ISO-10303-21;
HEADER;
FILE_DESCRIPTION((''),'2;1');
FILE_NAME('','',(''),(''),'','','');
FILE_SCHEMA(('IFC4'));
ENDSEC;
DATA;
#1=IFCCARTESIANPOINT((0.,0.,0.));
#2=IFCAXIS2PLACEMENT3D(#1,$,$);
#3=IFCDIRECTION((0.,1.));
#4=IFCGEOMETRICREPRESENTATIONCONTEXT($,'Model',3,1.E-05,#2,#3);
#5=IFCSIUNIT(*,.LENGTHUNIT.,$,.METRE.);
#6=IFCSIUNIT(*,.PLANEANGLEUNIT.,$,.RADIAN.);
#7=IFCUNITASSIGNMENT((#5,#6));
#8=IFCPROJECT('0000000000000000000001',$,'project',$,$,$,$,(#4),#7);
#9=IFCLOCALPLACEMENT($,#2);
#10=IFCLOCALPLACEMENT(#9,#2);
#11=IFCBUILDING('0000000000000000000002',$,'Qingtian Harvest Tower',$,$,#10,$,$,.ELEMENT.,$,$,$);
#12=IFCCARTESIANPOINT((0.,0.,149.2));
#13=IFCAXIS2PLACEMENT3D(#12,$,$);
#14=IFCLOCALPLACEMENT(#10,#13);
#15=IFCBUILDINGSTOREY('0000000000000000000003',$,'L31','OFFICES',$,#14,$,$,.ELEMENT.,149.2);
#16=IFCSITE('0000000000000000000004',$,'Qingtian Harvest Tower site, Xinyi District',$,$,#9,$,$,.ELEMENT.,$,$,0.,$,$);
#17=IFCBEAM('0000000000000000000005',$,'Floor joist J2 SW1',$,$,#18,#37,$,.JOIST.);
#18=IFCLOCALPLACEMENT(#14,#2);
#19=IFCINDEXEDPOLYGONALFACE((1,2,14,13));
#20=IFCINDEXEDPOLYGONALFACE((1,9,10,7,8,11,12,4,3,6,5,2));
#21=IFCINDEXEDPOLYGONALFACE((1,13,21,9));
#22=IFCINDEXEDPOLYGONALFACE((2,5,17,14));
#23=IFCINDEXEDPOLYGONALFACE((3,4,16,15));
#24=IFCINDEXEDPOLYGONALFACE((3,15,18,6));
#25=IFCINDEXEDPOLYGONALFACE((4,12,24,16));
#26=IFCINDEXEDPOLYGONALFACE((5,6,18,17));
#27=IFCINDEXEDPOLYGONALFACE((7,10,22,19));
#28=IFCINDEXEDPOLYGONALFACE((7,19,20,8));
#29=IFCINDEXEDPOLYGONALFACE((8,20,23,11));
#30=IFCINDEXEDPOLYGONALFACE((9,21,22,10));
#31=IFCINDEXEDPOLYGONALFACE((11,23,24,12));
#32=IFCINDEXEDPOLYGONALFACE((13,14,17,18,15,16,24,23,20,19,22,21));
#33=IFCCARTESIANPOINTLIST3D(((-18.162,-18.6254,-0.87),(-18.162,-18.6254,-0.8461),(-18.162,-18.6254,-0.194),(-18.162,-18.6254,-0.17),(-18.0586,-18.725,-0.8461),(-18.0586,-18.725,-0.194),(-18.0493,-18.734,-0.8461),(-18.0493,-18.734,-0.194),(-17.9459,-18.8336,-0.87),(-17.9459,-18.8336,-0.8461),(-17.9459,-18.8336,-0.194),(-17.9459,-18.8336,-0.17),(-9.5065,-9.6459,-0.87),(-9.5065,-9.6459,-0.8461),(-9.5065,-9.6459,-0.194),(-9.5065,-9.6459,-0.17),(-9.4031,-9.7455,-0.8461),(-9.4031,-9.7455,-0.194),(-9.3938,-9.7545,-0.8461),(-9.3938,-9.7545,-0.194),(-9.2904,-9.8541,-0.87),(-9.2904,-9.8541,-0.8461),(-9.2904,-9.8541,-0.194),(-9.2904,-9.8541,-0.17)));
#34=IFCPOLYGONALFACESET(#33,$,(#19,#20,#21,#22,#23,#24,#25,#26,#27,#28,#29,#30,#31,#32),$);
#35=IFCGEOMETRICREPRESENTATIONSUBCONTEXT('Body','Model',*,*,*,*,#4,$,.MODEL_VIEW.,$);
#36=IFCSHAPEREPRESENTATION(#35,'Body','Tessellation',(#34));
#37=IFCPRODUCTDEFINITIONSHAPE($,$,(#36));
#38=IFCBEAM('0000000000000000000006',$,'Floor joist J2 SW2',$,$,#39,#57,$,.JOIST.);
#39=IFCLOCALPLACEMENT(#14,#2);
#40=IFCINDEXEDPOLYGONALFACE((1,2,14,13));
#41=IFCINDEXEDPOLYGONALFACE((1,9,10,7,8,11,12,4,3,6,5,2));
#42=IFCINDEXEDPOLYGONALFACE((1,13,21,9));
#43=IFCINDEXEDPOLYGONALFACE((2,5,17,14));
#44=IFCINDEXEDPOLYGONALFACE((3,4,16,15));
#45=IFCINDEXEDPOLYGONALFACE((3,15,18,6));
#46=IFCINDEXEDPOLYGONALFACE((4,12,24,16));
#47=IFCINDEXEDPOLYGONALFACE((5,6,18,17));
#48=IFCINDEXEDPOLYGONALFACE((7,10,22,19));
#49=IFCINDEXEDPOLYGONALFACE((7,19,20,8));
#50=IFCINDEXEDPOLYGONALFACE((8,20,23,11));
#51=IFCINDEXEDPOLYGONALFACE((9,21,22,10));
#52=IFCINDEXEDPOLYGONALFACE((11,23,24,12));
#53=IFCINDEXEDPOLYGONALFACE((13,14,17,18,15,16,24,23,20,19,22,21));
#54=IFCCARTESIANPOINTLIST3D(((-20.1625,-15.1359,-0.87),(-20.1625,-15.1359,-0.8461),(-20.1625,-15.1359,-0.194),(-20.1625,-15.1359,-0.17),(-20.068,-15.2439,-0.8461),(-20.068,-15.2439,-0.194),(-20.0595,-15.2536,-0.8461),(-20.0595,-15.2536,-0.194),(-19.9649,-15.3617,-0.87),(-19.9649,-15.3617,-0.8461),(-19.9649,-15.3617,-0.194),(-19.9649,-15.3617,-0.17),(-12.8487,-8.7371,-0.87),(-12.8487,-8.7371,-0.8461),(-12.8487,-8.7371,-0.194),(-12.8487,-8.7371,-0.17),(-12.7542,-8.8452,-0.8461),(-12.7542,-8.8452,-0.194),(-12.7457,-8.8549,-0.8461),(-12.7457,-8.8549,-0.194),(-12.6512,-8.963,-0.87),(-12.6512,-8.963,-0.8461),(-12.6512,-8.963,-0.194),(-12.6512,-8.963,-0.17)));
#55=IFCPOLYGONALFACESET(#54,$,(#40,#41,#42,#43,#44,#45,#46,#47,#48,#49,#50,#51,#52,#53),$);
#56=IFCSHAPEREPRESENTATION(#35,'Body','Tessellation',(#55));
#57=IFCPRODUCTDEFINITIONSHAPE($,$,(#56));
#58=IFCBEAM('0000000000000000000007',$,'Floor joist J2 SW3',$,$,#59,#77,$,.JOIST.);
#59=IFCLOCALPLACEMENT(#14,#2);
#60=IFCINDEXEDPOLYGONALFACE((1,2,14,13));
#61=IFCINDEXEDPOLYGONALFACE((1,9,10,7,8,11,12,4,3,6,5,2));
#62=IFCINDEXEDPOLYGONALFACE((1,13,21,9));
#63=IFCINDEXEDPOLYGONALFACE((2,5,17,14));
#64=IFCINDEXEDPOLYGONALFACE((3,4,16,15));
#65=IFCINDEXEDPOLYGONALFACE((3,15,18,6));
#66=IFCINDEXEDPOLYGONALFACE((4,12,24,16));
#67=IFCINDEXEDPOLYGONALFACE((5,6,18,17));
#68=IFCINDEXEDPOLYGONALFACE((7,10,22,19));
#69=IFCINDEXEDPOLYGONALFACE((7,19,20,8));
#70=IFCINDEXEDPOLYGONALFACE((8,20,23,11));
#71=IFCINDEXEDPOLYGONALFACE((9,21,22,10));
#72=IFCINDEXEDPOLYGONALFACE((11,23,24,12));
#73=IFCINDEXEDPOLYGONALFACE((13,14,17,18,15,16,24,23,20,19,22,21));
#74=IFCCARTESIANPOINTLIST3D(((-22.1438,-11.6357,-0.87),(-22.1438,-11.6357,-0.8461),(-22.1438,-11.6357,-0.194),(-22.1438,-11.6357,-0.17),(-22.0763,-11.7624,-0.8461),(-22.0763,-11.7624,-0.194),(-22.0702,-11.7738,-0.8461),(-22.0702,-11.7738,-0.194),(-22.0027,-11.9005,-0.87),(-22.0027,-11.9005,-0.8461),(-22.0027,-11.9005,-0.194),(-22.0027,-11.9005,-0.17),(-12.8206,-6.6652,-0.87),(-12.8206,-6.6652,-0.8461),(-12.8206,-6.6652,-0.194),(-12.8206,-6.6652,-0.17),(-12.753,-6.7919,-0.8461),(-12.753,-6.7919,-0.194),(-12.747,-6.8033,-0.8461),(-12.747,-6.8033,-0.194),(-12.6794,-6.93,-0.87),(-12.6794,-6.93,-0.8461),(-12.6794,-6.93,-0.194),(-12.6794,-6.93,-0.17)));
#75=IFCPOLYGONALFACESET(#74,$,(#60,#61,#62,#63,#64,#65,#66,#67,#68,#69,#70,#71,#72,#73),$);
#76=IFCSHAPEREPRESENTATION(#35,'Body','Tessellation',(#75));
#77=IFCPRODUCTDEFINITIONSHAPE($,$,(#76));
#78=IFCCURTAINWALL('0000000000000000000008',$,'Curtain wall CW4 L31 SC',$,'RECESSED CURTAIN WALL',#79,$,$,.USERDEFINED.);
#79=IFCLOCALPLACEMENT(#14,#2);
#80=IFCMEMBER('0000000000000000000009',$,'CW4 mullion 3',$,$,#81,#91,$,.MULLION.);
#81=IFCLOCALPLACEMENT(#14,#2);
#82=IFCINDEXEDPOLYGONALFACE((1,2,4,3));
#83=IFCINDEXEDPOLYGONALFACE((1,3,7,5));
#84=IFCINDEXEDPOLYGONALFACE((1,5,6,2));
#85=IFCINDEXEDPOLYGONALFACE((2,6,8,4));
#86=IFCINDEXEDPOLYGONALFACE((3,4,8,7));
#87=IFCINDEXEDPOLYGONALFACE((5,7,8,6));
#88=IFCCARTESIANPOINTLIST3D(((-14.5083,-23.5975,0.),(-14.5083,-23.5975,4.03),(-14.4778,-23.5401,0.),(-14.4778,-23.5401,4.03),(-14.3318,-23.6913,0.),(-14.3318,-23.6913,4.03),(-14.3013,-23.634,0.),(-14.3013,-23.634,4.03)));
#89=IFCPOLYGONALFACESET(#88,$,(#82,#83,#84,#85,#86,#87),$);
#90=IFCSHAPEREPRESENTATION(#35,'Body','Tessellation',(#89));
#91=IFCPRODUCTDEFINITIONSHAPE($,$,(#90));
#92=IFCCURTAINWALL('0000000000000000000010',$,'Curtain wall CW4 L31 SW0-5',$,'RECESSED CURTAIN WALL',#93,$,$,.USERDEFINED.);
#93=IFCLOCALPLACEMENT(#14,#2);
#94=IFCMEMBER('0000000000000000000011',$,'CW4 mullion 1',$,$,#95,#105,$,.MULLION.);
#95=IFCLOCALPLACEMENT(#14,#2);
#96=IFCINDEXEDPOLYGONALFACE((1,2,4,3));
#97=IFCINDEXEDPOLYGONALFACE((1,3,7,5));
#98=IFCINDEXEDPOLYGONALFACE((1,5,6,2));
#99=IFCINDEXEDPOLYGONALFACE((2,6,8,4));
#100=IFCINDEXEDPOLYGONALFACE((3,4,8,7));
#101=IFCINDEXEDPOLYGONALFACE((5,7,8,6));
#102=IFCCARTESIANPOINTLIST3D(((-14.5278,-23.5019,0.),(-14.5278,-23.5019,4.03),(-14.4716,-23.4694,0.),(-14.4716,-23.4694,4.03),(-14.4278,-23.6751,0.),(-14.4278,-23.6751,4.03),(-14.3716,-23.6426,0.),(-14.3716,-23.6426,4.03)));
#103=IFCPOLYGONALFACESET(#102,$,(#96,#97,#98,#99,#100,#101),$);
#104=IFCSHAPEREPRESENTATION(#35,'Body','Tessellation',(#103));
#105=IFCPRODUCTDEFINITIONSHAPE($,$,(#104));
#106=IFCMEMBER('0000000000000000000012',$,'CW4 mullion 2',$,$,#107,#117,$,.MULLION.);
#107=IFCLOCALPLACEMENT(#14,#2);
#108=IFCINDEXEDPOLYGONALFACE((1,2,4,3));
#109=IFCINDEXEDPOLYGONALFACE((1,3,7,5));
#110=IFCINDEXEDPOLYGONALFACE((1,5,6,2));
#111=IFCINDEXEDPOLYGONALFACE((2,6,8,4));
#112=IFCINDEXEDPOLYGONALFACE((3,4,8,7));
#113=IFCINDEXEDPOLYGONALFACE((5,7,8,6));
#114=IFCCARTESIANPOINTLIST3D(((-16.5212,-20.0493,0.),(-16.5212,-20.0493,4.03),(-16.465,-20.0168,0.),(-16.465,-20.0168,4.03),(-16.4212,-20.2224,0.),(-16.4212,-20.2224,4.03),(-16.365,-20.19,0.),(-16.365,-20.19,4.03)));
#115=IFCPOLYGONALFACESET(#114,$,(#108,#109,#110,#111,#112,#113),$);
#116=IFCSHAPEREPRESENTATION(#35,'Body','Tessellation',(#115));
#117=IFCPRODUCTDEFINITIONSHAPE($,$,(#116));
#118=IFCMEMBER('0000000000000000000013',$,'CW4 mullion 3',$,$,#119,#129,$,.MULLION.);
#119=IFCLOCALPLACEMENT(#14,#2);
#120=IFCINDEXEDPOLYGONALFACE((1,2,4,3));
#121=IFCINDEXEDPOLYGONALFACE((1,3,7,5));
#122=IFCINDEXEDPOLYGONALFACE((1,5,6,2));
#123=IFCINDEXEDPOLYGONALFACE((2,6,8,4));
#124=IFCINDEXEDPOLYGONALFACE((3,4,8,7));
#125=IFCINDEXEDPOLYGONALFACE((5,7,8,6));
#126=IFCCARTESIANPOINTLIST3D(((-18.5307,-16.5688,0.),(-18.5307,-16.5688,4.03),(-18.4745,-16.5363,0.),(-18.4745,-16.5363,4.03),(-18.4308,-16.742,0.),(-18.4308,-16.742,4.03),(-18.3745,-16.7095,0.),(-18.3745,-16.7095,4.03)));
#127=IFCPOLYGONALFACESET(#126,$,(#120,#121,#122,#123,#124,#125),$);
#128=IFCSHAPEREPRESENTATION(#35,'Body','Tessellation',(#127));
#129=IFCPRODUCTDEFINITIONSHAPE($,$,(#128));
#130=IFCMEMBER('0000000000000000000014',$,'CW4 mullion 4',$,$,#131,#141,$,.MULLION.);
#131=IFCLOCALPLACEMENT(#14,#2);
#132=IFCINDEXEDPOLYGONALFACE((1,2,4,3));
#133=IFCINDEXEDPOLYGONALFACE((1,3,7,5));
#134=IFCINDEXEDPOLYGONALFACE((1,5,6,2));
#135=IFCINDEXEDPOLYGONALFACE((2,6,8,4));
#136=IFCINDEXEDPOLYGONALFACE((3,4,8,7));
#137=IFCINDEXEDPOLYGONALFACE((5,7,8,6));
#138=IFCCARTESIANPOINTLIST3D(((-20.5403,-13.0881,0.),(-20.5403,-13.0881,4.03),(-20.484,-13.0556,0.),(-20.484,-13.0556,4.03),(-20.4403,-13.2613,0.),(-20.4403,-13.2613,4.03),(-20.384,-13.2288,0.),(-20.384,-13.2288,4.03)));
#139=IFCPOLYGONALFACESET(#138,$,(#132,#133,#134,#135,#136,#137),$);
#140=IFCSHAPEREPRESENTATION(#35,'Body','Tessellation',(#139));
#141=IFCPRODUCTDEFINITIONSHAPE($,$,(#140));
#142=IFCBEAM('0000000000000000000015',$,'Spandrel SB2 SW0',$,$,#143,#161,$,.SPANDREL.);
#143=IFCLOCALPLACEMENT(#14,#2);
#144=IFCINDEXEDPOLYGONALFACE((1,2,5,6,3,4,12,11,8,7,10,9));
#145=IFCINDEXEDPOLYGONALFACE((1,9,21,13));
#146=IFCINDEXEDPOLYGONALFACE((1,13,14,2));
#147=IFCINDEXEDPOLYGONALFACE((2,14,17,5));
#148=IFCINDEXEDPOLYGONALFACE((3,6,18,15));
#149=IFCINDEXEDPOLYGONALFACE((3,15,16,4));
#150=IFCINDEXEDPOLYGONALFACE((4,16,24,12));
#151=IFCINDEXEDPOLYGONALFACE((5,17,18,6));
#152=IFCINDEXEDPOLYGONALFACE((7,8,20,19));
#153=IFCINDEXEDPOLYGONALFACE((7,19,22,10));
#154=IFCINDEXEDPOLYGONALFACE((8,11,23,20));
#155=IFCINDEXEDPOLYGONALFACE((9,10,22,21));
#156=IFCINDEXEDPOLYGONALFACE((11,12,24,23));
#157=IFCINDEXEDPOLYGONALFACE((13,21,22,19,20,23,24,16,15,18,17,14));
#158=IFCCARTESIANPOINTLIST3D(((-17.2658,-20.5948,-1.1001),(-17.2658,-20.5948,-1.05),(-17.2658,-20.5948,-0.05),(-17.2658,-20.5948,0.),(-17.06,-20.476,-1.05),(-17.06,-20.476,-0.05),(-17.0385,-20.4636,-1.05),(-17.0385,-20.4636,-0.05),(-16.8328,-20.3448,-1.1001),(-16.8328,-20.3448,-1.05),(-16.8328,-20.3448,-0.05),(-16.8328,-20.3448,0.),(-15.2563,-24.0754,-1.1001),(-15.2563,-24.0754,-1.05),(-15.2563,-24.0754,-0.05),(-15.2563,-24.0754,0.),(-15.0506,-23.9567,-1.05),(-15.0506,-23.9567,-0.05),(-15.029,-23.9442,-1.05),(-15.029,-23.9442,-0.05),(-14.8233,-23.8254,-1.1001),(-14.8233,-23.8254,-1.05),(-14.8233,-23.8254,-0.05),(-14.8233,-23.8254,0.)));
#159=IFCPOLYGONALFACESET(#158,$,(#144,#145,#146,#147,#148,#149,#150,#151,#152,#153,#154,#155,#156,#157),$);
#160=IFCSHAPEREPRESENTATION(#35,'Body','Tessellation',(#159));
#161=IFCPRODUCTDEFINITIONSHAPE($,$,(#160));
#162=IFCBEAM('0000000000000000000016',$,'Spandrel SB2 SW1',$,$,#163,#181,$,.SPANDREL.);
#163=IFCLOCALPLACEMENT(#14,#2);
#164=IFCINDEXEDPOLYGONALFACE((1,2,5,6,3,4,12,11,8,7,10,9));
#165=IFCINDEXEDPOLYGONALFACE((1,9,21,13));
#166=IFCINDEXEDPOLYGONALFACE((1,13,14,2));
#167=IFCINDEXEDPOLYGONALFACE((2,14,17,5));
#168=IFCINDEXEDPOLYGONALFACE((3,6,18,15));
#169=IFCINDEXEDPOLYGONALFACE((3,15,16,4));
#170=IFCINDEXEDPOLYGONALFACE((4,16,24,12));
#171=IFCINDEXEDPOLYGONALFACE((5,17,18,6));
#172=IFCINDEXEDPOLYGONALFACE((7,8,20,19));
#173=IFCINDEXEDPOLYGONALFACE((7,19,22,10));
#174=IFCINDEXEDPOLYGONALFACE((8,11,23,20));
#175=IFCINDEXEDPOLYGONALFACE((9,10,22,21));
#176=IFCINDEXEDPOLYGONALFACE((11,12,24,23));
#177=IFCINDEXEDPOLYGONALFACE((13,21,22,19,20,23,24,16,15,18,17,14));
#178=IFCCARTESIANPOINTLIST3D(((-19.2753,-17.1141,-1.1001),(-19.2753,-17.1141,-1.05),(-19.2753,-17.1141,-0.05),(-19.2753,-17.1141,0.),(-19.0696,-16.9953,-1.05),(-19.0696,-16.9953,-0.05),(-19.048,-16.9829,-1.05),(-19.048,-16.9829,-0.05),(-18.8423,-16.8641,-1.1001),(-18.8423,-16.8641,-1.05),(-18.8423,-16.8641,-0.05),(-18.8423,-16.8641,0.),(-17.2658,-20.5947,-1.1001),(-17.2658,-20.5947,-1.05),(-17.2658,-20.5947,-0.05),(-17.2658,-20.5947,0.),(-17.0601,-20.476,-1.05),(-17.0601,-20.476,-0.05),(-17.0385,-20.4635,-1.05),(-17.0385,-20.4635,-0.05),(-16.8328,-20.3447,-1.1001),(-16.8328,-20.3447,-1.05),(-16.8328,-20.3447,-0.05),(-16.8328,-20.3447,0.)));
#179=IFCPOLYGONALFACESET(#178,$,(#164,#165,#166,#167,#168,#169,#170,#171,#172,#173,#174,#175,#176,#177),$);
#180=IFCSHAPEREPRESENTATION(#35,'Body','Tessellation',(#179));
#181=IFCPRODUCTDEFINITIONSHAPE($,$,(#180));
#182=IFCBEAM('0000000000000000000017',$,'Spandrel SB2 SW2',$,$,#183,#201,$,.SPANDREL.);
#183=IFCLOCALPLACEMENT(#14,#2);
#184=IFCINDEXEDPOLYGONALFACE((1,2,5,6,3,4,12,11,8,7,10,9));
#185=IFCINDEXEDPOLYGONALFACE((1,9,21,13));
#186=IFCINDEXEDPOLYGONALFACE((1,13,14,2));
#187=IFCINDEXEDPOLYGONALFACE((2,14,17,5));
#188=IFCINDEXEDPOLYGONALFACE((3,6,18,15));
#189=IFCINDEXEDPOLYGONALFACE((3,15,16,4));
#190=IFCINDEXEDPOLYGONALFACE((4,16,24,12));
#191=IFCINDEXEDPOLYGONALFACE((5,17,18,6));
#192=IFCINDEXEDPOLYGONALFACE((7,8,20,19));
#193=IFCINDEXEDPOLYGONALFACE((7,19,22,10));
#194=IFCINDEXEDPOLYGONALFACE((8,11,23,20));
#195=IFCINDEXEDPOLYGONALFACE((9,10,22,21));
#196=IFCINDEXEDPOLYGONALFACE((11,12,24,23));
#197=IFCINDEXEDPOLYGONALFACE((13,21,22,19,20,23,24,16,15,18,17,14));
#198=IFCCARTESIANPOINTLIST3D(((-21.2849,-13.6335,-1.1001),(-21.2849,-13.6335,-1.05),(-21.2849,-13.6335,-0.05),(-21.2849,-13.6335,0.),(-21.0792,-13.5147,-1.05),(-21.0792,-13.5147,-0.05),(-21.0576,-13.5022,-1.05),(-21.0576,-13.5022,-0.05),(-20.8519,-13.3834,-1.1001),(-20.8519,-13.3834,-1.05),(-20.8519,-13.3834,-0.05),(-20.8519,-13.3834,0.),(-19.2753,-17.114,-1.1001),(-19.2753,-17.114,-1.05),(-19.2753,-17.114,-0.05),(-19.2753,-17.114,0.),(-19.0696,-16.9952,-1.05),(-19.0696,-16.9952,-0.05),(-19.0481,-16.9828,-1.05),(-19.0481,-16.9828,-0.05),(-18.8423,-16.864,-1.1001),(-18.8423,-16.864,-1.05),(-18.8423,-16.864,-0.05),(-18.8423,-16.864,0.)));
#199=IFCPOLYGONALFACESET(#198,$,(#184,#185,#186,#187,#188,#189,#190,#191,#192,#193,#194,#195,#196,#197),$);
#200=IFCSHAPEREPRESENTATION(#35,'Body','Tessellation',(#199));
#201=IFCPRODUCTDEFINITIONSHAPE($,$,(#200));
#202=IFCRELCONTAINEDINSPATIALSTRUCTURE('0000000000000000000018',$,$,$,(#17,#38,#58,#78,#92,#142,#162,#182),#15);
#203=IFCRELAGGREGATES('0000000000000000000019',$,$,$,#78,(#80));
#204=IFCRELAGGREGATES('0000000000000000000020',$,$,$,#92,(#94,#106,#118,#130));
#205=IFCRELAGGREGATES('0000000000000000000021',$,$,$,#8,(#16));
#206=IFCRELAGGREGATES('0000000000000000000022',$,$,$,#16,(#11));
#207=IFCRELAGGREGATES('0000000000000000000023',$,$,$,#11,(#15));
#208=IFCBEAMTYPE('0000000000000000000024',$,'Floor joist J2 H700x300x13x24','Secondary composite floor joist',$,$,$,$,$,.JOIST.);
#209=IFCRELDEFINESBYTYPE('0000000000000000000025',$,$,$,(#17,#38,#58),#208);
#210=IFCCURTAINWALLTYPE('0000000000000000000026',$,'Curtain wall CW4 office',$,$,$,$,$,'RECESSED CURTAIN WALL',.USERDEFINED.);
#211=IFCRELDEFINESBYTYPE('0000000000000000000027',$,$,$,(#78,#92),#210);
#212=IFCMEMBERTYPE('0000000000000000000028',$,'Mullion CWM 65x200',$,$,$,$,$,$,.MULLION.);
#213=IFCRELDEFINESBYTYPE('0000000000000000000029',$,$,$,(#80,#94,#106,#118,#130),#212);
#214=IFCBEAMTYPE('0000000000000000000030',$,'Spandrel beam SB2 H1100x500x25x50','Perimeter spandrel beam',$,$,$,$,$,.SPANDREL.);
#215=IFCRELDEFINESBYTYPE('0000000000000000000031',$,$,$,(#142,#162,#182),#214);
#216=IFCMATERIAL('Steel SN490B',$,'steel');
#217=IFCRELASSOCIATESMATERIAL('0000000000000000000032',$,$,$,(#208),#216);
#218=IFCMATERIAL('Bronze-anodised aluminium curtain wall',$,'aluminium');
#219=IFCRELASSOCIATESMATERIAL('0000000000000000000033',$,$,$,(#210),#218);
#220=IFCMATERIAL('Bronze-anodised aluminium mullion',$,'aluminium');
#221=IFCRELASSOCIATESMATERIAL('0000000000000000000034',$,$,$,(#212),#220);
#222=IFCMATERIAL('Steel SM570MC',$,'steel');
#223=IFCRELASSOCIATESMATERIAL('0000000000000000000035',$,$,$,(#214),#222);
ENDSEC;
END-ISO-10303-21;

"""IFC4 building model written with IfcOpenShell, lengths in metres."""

from ifc_helpers import new_model, si_unit, direction, frame, origin, origin_2d, place, context, subcontext, project, spatial, rectangle, i_section, extrude, material, material_profile, profile_set, type_object, element, aggregate, save


model = new_model("IFC4")

# Units and contexts
model_context = context("Model", 3, precision=1e-05, world=origin(), true_north=direction((0.0, 1.0)))
body_context = subcontext(model_context, "Body", "Model", "MODEL_VIEW")
ifc_project = project(units=[si_unit("LENGTHUNIT", "METRE"), si_unit("PLANEANGLEUNIT", "RADIAN")], contexts=[model_context])

# Site, building, storey
site_placement = place(None, origin())
site = spatial("IfcSite", under=ifc_project, at=site_placement, Name="Qingtian Harvest Tower site, Xinyi District", CompositionType="ELEMENT", RefElevation=0.0)
building_placement = place(site_placement, origin())
building = spatial("IfcBuilding", under=site, at=building_placement, Name="Qingtian Harvest Tower", CompositionType="ELEMENT")
storey_placement = place(building_placement, frame((0.0, 0.0, 149.2)))
storey = spatial("IfcBuildingStorey", under=building, at=storey_placement, Name="L31", Description="OFFICES", CompositionType="ELEMENT", Elevation=149.2)

# Beams
ifc_material_1 = material(Name="Steel SN490B", Category="steel")
ifc_material_profile_1 = material_profile(ifc_material_1, i_section(OverallWidth=0.3, OverallDepth=0.7, WebThickness=0.0129, FlangeThickness=0.0239, at=origin_2d()), Name="H700x300x13x24")
ifc_profile_set_1 = profile_set([ifc_material_profile_1], Name="Steel SN490B")
beam_type_1 = type_object("IfcBeamType", Name="Floor joist J2 H700x300x13x24", Description="Secondary composite floor joist", PredefinedType="JOIST", material=ifc_profile_set_1)
beam_1_placement = place(storey_placement, frame((-18.054, -18.7295, -0.52), z_axis=(0.693999, 0.719976, 0.0), x_axis=(-0.719976, 0.693999, 0.0)))
element("IfcBeam", 1, at=beam_1_placement, inside=storey, type_object=beam_type_1, Name="Floor joist J2 SW1", PredefinedType="JOIST", context=body_context, shape_type="SweptSolid", body=[
    extrude(i_section(OverallWidth=0.3, OverallDepth=0.7, WebThickness=0.0129, FlangeThickness=0.0239, at=origin_2d()), origin(), (0.0, 0.0, 1.0), 12.4719),
])
beam_2_placement = place(storey_placement, frame((-20.0637, -15.2488, -0.52), z_axis=(0.752619, 0.658457, 0.0), x_axis=(-0.658457, 0.752619, 0.0)))
element("IfcBeam", 2, at=beam_2_placement, inside=storey, type_object=beam_type_1, Name="Floor joist J2 SW2", PredefinedType="JOIST", context=body_context, shape_type="SweptSolid", body=[
    extrude(i_section(OverallWidth=0.3, OverallDepth=0.7, WebThickness=0.0129, FlangeThickness=0.0239, at=origin_2d()), origin(), (0.0, 0.0, 1.0), 9.7178),
])
beam_3_placement = place(storey_placement, frame((-22.0732, -11.7681, -0.52), z_axis=(0.882429, 0.470446, 0.0), x_axis=(-0.470446, 0.882429, 0.0)))
element("IfcBeam", 3, at=beam_3_placement, inside=storey, type_object=beam_type_1, Name="Floor joist J2 SW3", PredefinedType="JOIST", context=body_context, shape_type="SweptSolid", body=[
    extrude(i_section(OverallWidth=0.3, OverallDepth=0.7, WebThickness=0.0129, FlangeThickness=0.0239, at=origin_2d()), origin(), (0.0, 0.0, 1.0), 10.5654),
])

# Curtain wall, member
ifc_material_2 = material(Name="Bronze-anodised aluminium curtain wall", Category="aluminium")
curtain_wall_type = type_object("IfcCurtainWallType", Name="Curtain wall CW4 office", ElementType="RECESSED CURTAIN WALL", PredefinedType="USERDEFINED", material=ifc_material_2)
curtain_wall_1_placement = place(storey_placement, origin())
curtain_wall_1 = element("IfcCurtainWall", 4, at=curtain_wall_1_placement, inside=storey, type_object=curtain_wall_type, Name="Curtain wall CW4 L31 SC", ObjectType="RECESSED CURTAIN WALL", PredefinedType="USERDEFINED")
ifc_material_3 = material(Name="Bronze-anodised aluminium mullion", Category="aluminium")
ifc_material_profile_2 = material_profile(ifc_material_3, rectangle(XDim=0.0649, YDim=0.2, at=origin_2d()), Name="AL 65x200")
ifc_profile_set_2 = profile_set([ifc_material_profile_2], Name="Bronze-anodised aluminium mullion")
member_type_1 = type_object("IfcMemberType", Name="Mullion CWM 65x200", PredefinedType="MULLION", material=ifc_profile_set_2)
member_1_placement = place(storey_placement, frame((-14.4048, -23.6157, 0.0), z_axis=(0.0, 0.0, 1.0), x_axis=(-0.469472, -0.882948, 0.0)))
member_1 = element("IfcMember", 5, at=member_1_placement, type_object=member_type_1, Name="CW4 mullion 3", PredefinedType="MULLION", context=body_context, shape_type="SweptSolid", body=[
    extrude(rectangle(XDim=0.0649, YDim=0.2, at=origin_2d()), origin(), (0.0, 0.0, 1.0), 4.03),
])
aggregate(curtain_wall_1, [member_1])

# Curtain wall, members
curtain_wall_2_placement = place(storey_placement, origin())
curtain_wall_2 = element("IfcCurtainWall", 6, at=curtain_wall_2_placement, inside=storey, type_object=curtain_wall_type, Name="Curtain wall CW4 L31 SW0-5", ObjectType="RECESSED CURTAIN WALL", PredefinedType="USERDEFINED")
member_2_placement = place(storey_placement, frame((-14.4497, -23.5723, 0.0), z_axis=(0.0, 0.0, 1.0), x_axis=(-0.866025, -0.5, 0.0)))
member_2 = element("IfcMember", 7, at=member_2_placement, type_object=member_type_1, Name="CW4 mullion 1", PredefinedType="MULLION", context=body_context, shape_type="SweptSolid", body=[
    extrude(rectangle(XDim=0.0649, YDim=0.2, at=origin_2d()), origin(), (0.0, 0.0, 1.0), 4.03),
])
member_3_placement = place(storey_placement, frame((-16.4431, -20.1196, 0.0), z_axis=(0.0, 0.0, 1.0), x_axis=(-0.866025, -0.5, 0.0)))
member_3 = element("IfcMember", 8, at=member_3_placement, type_object=member_type_1, Name="CW4 mullion 2", PredefinedType="MULLION", context=body_context, shape_type="SweptSolid", body=[
    extrude(rectangle(XDim=0.0649, YDim=0.2, at=origin_2d()), origin(), (0.0, 0.0, 1.0), 4.03),
])
member_4_placement = place(storey_placement, frame((-18.4526, -16.6392, 0.0), z_axis=(0.0, 0.0, 1.0), x_axis=(-0.866025, -0.5, 0.0)))
member_4 = element("IfcMember", 9, at=member_4_placement, type_object=member_type_1, Name="CW4 mullion 3", PredefinedType="MULLION", context=body_context, shape_type="SweptSolid", body=[
    extrude(rectangle(XDim=0.0649, YDim=0.2, at=origin_2d()), origin(), (0.0, 0.0, 1.0), 4.03),
])
member_5_placement = place(storey_placement, frame((-20.4622, -13.1584, 0.0), z_axis=(0.0, 0.0, 1.0), x_axis=(-0.866025, -0.5, 0.0)))
member_5 = element("IfcMember", 10, at=member_5_placement, type_object=member_type_1, Name="CW4 mullion 4", PredefinedType="MULLION", context=body_context, shape_type="SweptSolid", body=[
    extrude(rectangle(XDim=0.0649, YDim=0.2, at=origin_2d()), origin(), (0.0, 0.0, 1.0), 4.03),
])

# Beams
ifc_material_4 = material(Name="Steel SM570MC", Category="steel")
ifc_material_profile_3 = material_profile(ifc_material_4, i_section(OverallWidth=0.5, OverallDepth=1.1001, WebThickness=0.0249, FlangeThickness=0.05, at=origin_2d()), Name="H1100x500x25x50")
ifc_profile_set_3 = profile_set([ifc_material_profile_3], Name="Steel SM570MC")
beam_type_2 = type_object("IfcBeamType", Name="Spandrel beam SB2 H1100x500x25x50", Description="Perimeter spandrel beam", PredefinedType="SPANDREL", material=ifc_profile_set_3)
for number, where, z_axis, x_axis, name in (
    (11, (-15.0398, -23.9504, -0.55), (-0.499987, 0.866033, 0.0), (-0.866033, -0.499987, 0.0), "Spandrel SB2 SW0"),
    (12, (-17.0493, -20.4697, -0.55), (-0.499987, 0.866033, 0.0), (-0.866033, -0.499987, 0.0), "Spandrel SB2 SW1"),
    (13, (-19.0588, -16.989, -0.55), (-0.500013, 0.866018, 0.0), (-0.866018, -0.500013, 0.0), "Spandrel SB2 SW2"),
):
    element("IfcBeam", number, at=place(storey_placement, frame(where, z_axis=z_axis, x_axis=x_axis)), inside=storey, type_object=beam_type_2, Name=name, PredefinedType="SPANDREL", context=body_context, shape_type="SweptSolid", body=[
        extrude(i_section(OverallWidth=0.5, OverallDepth=1.1001, WebThickness=0.0249, FlangeThickness=0.05, at=origin_2d()), origin(), (0.0, 0.0, 1.0), 4.019),
    ])

aggregate(curtain_wall_2, [member_2, member_3, member_4, member_5])

save(model, "model.ifc")
